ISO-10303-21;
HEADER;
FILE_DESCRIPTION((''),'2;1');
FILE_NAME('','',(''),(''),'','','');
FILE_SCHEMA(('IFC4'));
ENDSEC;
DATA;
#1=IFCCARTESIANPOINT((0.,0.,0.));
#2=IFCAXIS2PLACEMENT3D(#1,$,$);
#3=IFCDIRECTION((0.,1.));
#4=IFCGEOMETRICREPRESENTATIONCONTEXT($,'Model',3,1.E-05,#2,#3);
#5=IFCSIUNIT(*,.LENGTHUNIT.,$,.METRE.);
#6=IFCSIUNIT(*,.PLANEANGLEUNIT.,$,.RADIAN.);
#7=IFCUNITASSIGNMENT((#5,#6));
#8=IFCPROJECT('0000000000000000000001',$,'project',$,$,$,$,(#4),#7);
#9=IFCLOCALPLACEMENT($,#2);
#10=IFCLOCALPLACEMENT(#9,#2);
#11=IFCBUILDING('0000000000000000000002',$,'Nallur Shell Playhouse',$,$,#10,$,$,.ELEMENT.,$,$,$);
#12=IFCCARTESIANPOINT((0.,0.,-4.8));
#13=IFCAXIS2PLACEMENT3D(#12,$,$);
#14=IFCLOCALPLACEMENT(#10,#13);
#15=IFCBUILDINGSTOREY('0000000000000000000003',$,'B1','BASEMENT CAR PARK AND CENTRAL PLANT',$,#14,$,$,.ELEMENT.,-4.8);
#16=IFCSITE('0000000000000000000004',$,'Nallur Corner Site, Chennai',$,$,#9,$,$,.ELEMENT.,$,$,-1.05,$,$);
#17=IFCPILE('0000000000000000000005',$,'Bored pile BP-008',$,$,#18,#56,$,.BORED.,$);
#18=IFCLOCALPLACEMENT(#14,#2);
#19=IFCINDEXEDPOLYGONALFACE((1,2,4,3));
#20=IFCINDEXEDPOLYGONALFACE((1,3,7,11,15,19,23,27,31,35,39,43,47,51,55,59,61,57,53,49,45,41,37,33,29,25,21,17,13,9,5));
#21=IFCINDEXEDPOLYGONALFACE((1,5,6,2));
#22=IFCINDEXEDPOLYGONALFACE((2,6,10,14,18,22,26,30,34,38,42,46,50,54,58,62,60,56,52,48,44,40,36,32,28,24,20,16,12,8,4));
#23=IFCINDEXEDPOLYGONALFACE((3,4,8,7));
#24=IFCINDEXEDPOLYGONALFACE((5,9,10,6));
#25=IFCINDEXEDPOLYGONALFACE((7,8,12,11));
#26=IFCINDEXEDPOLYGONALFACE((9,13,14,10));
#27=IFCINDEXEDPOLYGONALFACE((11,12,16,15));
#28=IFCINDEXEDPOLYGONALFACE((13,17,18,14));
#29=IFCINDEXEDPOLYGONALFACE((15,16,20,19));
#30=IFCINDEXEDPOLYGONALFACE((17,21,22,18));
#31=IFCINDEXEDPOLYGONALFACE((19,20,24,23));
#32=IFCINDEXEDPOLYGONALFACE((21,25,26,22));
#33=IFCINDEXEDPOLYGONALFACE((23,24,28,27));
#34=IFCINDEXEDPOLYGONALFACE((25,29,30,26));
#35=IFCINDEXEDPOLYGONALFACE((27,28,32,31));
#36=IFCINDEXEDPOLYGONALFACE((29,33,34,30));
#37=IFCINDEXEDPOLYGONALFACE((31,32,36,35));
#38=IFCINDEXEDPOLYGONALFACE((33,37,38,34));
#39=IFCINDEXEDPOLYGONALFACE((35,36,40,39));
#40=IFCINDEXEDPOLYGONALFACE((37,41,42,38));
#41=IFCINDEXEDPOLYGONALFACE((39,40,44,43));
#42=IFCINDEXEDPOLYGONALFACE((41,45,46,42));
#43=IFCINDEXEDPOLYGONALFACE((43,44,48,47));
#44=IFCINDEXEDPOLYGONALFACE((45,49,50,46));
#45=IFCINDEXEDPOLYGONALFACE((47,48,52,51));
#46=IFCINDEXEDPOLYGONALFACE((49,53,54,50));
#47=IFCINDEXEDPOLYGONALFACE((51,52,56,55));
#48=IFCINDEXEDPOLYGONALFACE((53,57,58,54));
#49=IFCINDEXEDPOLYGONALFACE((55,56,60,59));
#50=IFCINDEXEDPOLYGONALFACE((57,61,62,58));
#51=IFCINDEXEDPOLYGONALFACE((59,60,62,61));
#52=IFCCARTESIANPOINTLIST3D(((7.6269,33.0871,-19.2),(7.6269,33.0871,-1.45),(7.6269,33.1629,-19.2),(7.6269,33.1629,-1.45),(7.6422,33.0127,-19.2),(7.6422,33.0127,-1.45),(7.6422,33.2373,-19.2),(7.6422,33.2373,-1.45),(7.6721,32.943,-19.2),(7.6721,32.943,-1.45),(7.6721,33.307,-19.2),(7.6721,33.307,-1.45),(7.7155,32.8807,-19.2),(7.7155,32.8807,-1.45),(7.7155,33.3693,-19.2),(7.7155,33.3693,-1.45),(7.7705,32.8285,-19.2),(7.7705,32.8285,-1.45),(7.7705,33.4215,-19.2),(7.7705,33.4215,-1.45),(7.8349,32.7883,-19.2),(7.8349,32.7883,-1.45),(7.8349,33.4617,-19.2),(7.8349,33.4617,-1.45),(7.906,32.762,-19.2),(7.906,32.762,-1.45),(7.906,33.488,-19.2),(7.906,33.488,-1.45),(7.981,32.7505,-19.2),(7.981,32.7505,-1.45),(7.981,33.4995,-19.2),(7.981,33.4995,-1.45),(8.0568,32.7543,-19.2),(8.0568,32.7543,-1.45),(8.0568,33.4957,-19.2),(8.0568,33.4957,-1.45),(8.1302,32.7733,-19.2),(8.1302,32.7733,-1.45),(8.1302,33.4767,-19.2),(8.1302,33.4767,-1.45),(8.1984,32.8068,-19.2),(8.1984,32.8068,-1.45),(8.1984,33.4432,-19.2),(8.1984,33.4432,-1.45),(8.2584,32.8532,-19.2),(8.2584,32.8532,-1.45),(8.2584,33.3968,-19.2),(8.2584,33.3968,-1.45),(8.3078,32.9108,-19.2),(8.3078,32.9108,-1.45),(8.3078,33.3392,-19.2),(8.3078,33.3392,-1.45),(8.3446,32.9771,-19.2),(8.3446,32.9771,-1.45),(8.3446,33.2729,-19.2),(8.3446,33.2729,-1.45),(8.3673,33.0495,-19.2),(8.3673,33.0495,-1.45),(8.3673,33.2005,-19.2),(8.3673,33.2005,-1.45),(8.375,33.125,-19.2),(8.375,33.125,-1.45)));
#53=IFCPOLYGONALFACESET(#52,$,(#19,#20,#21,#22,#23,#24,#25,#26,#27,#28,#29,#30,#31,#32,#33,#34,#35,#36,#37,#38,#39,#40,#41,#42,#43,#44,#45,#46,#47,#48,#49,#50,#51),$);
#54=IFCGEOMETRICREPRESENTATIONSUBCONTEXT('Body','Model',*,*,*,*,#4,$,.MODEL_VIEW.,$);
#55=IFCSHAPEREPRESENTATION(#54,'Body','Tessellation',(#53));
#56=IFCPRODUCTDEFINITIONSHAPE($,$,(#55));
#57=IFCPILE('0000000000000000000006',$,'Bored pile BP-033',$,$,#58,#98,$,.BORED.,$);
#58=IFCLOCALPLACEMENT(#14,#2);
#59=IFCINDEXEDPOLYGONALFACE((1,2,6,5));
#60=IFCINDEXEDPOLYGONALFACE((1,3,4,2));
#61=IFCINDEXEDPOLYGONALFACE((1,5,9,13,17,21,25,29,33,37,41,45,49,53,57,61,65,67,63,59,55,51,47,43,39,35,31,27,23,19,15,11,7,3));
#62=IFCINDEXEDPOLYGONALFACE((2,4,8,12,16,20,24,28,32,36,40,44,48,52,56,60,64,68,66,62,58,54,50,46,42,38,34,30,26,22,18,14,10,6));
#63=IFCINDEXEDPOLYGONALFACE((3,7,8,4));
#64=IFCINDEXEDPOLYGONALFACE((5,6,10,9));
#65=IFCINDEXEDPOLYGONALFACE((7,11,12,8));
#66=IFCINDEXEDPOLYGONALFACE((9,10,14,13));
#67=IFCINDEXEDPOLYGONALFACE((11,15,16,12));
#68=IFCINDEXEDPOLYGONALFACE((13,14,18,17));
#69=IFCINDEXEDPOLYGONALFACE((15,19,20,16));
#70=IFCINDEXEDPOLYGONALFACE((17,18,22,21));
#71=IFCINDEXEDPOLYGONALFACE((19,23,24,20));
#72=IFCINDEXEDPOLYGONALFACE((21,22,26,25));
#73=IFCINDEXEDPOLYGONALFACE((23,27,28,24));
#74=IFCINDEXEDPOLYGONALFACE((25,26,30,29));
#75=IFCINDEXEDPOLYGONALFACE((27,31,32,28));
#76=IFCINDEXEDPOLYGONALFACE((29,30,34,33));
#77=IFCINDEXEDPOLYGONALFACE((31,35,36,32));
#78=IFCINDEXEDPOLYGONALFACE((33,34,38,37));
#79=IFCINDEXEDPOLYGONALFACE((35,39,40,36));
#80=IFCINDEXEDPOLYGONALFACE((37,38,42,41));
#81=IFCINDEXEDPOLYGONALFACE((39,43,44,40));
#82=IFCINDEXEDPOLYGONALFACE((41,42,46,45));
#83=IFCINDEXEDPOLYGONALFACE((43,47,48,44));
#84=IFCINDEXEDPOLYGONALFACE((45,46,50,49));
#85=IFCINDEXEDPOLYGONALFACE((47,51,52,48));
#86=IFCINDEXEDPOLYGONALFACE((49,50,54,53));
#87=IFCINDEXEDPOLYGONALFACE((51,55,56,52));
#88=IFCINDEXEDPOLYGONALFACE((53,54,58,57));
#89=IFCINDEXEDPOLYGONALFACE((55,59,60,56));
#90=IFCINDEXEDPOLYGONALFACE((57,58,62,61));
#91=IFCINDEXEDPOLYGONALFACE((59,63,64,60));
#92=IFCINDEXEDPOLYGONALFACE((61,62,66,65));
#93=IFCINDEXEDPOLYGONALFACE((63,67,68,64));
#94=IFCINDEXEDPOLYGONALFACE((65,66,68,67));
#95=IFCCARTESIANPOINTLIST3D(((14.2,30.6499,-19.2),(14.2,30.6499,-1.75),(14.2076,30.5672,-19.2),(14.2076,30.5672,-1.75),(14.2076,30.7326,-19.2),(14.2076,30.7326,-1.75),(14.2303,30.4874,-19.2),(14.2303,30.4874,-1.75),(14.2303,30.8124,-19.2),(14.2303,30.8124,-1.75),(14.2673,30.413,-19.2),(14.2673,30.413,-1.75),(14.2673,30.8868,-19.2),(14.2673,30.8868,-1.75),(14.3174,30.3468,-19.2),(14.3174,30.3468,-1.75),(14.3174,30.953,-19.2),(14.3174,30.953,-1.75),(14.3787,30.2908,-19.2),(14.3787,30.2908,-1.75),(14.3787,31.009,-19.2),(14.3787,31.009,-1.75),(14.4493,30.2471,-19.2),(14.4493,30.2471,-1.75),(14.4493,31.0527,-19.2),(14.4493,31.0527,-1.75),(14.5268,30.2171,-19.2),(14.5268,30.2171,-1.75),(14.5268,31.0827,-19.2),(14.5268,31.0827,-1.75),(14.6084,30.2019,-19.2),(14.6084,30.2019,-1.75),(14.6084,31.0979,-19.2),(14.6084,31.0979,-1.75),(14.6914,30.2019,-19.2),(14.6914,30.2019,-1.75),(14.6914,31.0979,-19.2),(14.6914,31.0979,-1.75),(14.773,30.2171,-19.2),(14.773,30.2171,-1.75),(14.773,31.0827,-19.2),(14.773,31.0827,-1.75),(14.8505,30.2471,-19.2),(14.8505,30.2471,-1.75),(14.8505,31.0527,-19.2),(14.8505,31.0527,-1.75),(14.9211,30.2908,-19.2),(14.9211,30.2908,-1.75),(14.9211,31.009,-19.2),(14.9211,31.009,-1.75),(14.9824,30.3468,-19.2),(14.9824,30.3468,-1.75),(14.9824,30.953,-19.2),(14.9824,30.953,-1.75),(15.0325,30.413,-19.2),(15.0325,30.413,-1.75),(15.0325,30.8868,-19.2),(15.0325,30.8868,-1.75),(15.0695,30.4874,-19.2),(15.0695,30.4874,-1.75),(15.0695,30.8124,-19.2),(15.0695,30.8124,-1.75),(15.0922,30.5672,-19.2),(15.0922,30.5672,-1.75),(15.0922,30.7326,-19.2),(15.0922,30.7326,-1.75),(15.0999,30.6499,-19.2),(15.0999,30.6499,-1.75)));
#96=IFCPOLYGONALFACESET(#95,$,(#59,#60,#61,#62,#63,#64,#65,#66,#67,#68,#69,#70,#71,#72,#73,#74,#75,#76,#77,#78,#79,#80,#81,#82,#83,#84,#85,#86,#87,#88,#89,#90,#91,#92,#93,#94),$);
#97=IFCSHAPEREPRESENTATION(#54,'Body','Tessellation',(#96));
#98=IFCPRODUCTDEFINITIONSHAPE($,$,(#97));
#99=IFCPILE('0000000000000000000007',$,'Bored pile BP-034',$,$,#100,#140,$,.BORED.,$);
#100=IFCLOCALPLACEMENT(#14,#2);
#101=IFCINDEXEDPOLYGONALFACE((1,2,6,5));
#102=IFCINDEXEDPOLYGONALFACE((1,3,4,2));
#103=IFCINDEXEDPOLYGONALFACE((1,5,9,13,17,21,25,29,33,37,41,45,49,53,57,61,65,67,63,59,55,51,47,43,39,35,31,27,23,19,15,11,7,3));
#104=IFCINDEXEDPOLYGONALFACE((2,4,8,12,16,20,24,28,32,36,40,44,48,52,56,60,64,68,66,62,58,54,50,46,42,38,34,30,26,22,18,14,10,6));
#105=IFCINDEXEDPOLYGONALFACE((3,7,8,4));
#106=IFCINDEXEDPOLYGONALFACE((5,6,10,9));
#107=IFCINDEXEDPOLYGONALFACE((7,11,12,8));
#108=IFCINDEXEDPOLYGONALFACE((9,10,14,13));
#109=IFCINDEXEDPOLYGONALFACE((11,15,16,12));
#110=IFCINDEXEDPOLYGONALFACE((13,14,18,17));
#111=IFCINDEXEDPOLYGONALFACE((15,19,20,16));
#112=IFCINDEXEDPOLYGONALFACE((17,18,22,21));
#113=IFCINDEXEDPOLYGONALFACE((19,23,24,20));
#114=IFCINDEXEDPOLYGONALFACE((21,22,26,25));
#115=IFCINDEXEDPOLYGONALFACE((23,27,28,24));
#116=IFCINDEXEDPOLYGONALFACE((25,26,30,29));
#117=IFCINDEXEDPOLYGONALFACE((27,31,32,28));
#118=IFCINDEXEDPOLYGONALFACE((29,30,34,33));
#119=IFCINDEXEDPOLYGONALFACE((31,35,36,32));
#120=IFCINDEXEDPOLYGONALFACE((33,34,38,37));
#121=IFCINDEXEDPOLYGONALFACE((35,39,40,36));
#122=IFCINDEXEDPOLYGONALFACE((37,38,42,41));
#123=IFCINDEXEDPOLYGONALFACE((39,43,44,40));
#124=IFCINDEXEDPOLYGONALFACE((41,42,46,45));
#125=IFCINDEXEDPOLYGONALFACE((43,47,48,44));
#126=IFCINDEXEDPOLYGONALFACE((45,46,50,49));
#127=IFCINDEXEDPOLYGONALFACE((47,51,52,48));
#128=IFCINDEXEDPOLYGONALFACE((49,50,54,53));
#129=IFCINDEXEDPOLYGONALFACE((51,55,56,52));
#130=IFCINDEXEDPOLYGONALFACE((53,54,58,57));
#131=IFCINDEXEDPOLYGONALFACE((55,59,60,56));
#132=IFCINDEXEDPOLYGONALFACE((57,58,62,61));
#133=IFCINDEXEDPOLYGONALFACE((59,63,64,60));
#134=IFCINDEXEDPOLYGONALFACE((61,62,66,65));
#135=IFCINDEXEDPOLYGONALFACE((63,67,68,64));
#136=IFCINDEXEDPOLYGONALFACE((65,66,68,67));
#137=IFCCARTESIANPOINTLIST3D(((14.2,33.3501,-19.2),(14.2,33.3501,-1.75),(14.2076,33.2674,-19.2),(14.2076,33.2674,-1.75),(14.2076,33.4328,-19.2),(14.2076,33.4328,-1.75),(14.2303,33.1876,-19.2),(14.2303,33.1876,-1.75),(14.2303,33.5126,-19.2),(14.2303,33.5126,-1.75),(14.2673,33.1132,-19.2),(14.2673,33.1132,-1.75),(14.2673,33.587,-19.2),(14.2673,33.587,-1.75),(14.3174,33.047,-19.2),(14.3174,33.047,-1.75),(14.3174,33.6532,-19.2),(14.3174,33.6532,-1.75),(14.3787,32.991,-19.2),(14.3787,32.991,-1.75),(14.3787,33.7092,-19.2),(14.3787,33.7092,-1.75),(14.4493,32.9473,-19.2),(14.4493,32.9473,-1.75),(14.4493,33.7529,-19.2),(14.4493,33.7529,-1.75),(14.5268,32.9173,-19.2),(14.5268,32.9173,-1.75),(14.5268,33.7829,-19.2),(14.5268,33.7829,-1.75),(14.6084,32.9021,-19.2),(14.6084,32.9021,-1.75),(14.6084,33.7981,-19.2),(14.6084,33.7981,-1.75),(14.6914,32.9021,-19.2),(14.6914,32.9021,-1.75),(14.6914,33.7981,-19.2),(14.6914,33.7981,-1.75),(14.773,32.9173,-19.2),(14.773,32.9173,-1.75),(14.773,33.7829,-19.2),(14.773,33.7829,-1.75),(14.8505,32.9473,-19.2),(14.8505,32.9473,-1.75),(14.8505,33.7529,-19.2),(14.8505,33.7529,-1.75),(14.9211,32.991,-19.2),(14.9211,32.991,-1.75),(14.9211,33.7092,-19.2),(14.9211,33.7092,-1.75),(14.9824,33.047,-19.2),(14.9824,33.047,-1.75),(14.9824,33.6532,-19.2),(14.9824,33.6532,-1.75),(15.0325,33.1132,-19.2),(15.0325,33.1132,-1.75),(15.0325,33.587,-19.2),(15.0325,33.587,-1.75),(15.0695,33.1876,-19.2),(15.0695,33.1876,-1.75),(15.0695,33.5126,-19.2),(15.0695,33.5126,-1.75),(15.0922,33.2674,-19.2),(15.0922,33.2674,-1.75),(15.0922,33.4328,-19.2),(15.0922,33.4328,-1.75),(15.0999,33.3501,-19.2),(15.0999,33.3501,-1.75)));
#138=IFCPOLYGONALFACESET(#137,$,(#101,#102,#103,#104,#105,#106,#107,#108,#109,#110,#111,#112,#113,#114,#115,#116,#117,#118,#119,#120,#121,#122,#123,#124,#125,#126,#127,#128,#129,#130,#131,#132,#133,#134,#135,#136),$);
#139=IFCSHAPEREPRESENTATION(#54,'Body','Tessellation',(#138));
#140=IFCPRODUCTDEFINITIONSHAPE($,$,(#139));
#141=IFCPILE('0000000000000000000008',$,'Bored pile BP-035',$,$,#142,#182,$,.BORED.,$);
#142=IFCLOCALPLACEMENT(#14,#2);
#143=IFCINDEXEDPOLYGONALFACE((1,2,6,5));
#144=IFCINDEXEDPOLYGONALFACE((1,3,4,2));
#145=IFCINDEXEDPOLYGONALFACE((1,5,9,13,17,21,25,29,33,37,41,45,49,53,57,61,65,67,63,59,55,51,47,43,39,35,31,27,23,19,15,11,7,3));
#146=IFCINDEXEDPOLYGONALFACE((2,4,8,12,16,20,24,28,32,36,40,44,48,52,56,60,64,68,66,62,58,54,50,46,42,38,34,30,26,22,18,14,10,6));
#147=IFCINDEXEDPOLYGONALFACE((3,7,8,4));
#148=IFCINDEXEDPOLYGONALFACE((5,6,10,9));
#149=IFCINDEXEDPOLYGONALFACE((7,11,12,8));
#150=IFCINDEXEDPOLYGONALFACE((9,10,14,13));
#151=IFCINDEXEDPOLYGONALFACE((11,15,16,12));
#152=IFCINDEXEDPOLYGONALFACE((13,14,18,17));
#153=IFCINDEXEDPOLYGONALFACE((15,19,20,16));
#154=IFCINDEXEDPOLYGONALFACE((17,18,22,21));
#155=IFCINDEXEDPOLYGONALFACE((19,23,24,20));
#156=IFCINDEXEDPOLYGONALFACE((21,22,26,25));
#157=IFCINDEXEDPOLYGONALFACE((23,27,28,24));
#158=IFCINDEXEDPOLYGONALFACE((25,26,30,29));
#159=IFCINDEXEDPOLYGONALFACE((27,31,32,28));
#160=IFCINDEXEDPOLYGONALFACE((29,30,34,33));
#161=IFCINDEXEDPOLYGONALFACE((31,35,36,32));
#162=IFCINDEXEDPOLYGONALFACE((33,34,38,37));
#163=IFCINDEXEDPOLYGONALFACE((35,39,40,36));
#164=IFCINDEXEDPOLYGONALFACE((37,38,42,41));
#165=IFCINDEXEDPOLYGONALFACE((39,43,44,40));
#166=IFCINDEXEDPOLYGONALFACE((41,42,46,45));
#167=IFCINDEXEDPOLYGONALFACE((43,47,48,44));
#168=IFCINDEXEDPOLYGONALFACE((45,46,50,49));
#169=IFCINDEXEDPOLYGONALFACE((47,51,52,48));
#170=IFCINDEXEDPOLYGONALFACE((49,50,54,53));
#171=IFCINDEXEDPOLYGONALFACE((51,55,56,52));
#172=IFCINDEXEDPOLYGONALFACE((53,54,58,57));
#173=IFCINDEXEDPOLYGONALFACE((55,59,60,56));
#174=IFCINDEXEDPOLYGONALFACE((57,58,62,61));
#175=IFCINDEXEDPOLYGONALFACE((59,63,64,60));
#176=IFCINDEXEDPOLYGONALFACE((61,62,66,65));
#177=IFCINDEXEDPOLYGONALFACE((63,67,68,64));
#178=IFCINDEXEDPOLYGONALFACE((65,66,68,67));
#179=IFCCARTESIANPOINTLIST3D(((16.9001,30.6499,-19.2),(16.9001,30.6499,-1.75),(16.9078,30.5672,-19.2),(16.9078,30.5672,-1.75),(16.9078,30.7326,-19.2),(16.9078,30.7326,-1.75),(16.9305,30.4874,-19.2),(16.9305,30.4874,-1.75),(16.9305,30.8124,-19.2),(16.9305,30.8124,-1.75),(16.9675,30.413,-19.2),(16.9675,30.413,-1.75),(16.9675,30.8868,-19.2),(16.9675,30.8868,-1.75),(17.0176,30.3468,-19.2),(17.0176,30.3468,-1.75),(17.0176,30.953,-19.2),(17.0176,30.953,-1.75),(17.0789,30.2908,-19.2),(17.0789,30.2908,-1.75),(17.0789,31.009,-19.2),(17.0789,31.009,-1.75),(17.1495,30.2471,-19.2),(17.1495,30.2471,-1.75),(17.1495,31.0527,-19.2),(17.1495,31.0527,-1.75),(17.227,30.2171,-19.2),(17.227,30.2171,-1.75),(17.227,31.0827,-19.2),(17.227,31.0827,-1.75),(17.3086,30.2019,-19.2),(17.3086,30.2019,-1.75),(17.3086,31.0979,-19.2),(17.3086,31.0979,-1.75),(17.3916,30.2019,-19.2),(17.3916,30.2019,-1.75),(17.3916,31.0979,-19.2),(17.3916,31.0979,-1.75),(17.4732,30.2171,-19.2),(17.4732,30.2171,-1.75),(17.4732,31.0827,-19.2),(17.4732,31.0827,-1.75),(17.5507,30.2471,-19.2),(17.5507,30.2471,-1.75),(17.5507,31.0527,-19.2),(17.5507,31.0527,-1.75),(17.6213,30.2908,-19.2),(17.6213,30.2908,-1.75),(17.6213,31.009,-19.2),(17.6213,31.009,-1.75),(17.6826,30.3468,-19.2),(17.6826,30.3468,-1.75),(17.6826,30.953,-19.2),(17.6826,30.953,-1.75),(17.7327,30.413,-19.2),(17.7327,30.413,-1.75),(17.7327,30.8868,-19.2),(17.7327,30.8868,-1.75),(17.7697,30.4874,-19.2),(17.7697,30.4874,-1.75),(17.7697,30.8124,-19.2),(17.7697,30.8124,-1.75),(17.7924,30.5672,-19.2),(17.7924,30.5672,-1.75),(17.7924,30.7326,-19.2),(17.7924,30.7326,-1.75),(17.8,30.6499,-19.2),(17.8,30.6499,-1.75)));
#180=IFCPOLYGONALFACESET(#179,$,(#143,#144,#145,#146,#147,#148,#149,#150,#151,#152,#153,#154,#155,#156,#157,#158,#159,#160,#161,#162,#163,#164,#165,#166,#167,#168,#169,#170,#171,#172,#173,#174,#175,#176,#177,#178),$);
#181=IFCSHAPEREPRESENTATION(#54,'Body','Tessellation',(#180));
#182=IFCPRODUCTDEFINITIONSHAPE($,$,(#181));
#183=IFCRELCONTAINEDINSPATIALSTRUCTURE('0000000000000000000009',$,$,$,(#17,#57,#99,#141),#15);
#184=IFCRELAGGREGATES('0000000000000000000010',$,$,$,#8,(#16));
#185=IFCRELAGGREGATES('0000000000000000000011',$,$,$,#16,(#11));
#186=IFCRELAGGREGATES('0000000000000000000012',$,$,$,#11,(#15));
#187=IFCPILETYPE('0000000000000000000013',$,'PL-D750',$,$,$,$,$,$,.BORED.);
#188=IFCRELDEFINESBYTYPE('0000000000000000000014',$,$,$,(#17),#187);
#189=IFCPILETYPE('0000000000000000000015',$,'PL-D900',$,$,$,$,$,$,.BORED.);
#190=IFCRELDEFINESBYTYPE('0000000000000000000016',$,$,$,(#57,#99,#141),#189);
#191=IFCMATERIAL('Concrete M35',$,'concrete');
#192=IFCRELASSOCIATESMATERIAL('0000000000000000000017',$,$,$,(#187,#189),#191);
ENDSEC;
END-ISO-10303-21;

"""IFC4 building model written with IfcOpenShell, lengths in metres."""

from ifc_helpers import new_model, si_unit, direction, frame, origin, origin_2d, place, context, subcontext, project, spatial, circle, extrude, material, material_profile, profile_set, type_object, element, save


model = new_model("IFC4")

# Units and contexts
model_context = context("Model", 3, precision=1e-05, world=origin(), true_north=direction((0.0, 1.0)))
body_context = subcontext(model_context, "Body", "Model", "MODEL_VIEW")
ifc_project = project(units=[si_unit("LENGTHUNIT", "METRE"), si_unit("PLANEANGLEUNIT", "RADIAN")], contexts=[model_context])

# Site, building, storey
site_placement = place(None, origin())
site = spatial("IfcSite", under=ifc_project, at=site_placement, Name="Nallur Corner Site, Chennai", CompositionType="ELEMENT", RefElevation=-1.05)
building_placement = place(site_placement, origin())
building = spatial("IfcBuilding", under=site, at=building_placement, Name="Nallur Shell Playhouse", CompositionType="ELEMENT")
storey_placement = place(building_placement, frame((0.0, 0.0, -4.8)))
storey = spatial("IfcBuildingStorey", under=building, at=storey_placement, Name="B1", Description="BASEMENT CAR PARK AND CENTRAL PLANT", CompositionType="ELEMENT", Elevation=-4.8)

# Shared definitions
ifc_material_1 = material(Name="Concrete M35", Category="concrete")

# Piles
ifc_material_profile_1 = material_profile(ifc_material_1, circle(Radius=0.375, at=origin_2d()), Name="BORED PILE D750")
ifc_profile_set_1 = profile_set([ifc_material_profile_1], Name="Concrete M35")
pile_type_1 = type_object("IfcPileType", Name="PL-D750", PredefinedType="BORED", material=ifc_profile_set_1)
for number, where, z_axis, x_axis, name in (
    (1, (8.0, 33.125, -1.45), (0.0, 0.0, -1.0), (1.0, 0.0, 0.0), "Bored pile BP-008"),
):
    element("IfcPile", number, at=place(storey_placement, frame(where, z_axis=z_axis, x_axis=x_axis)), inside=storey, type_object=pile_type_1, Name=name, PredefinedType="BORED", context=body_context, shape_type="SweptSolid", body=[
        extrude(circle(Radius=0.375, at=origin_2d()), origin(), (0.0, 0.0, 1.0), 17.75),
    ])
ifc_material_profile_2 = material_profile(ifc_material_1, circle(Radius=0.45, at=origin_2d()), Name="BORED PILE D900")
ifc_profile_set_2 = profile_set([ifc_material_profile_2], Name="Concrete M35")
pile_type_2 = type_object("IfcPileType", Name="PL-D900", PredefinedType="BORED", material=ifc_profile_set_2)
for number, where, z_axis, x_axis, name in (
    (2, (14.6499, 30.6499, -1.75), (0.0, 0.0, -1.0), (1.0, 0.0, 0.0), "Bored pile BP-033"),
    (3, (14.6499, 33.3501, -1.75), (0.0, 0.0, -1.0), (1.0, 0.0, 0.0), "Bored pile BP-034"),
    (4, (17.3501, 30.6499, -1.75), (0.0, 0.0, -1.0), (1.0, 0.0, 0.0), "Bored pile BP-035"),
):
    element("IfcPile", number, at=place(storey_placement, frame(where, z_axis=z_axis, x_axis=x_axis)), inside=storey, type_object=pile_type_2, Name=name, PredefinedType="BORED", context=body_context, shape_type="SweptSolid", body=[
        extrude(circle(Radius=0.45, at=origin_2d()), origin(), (0.0, 0.0, 1.0), 17.45),
    ])

save(model, "model.ifc")
